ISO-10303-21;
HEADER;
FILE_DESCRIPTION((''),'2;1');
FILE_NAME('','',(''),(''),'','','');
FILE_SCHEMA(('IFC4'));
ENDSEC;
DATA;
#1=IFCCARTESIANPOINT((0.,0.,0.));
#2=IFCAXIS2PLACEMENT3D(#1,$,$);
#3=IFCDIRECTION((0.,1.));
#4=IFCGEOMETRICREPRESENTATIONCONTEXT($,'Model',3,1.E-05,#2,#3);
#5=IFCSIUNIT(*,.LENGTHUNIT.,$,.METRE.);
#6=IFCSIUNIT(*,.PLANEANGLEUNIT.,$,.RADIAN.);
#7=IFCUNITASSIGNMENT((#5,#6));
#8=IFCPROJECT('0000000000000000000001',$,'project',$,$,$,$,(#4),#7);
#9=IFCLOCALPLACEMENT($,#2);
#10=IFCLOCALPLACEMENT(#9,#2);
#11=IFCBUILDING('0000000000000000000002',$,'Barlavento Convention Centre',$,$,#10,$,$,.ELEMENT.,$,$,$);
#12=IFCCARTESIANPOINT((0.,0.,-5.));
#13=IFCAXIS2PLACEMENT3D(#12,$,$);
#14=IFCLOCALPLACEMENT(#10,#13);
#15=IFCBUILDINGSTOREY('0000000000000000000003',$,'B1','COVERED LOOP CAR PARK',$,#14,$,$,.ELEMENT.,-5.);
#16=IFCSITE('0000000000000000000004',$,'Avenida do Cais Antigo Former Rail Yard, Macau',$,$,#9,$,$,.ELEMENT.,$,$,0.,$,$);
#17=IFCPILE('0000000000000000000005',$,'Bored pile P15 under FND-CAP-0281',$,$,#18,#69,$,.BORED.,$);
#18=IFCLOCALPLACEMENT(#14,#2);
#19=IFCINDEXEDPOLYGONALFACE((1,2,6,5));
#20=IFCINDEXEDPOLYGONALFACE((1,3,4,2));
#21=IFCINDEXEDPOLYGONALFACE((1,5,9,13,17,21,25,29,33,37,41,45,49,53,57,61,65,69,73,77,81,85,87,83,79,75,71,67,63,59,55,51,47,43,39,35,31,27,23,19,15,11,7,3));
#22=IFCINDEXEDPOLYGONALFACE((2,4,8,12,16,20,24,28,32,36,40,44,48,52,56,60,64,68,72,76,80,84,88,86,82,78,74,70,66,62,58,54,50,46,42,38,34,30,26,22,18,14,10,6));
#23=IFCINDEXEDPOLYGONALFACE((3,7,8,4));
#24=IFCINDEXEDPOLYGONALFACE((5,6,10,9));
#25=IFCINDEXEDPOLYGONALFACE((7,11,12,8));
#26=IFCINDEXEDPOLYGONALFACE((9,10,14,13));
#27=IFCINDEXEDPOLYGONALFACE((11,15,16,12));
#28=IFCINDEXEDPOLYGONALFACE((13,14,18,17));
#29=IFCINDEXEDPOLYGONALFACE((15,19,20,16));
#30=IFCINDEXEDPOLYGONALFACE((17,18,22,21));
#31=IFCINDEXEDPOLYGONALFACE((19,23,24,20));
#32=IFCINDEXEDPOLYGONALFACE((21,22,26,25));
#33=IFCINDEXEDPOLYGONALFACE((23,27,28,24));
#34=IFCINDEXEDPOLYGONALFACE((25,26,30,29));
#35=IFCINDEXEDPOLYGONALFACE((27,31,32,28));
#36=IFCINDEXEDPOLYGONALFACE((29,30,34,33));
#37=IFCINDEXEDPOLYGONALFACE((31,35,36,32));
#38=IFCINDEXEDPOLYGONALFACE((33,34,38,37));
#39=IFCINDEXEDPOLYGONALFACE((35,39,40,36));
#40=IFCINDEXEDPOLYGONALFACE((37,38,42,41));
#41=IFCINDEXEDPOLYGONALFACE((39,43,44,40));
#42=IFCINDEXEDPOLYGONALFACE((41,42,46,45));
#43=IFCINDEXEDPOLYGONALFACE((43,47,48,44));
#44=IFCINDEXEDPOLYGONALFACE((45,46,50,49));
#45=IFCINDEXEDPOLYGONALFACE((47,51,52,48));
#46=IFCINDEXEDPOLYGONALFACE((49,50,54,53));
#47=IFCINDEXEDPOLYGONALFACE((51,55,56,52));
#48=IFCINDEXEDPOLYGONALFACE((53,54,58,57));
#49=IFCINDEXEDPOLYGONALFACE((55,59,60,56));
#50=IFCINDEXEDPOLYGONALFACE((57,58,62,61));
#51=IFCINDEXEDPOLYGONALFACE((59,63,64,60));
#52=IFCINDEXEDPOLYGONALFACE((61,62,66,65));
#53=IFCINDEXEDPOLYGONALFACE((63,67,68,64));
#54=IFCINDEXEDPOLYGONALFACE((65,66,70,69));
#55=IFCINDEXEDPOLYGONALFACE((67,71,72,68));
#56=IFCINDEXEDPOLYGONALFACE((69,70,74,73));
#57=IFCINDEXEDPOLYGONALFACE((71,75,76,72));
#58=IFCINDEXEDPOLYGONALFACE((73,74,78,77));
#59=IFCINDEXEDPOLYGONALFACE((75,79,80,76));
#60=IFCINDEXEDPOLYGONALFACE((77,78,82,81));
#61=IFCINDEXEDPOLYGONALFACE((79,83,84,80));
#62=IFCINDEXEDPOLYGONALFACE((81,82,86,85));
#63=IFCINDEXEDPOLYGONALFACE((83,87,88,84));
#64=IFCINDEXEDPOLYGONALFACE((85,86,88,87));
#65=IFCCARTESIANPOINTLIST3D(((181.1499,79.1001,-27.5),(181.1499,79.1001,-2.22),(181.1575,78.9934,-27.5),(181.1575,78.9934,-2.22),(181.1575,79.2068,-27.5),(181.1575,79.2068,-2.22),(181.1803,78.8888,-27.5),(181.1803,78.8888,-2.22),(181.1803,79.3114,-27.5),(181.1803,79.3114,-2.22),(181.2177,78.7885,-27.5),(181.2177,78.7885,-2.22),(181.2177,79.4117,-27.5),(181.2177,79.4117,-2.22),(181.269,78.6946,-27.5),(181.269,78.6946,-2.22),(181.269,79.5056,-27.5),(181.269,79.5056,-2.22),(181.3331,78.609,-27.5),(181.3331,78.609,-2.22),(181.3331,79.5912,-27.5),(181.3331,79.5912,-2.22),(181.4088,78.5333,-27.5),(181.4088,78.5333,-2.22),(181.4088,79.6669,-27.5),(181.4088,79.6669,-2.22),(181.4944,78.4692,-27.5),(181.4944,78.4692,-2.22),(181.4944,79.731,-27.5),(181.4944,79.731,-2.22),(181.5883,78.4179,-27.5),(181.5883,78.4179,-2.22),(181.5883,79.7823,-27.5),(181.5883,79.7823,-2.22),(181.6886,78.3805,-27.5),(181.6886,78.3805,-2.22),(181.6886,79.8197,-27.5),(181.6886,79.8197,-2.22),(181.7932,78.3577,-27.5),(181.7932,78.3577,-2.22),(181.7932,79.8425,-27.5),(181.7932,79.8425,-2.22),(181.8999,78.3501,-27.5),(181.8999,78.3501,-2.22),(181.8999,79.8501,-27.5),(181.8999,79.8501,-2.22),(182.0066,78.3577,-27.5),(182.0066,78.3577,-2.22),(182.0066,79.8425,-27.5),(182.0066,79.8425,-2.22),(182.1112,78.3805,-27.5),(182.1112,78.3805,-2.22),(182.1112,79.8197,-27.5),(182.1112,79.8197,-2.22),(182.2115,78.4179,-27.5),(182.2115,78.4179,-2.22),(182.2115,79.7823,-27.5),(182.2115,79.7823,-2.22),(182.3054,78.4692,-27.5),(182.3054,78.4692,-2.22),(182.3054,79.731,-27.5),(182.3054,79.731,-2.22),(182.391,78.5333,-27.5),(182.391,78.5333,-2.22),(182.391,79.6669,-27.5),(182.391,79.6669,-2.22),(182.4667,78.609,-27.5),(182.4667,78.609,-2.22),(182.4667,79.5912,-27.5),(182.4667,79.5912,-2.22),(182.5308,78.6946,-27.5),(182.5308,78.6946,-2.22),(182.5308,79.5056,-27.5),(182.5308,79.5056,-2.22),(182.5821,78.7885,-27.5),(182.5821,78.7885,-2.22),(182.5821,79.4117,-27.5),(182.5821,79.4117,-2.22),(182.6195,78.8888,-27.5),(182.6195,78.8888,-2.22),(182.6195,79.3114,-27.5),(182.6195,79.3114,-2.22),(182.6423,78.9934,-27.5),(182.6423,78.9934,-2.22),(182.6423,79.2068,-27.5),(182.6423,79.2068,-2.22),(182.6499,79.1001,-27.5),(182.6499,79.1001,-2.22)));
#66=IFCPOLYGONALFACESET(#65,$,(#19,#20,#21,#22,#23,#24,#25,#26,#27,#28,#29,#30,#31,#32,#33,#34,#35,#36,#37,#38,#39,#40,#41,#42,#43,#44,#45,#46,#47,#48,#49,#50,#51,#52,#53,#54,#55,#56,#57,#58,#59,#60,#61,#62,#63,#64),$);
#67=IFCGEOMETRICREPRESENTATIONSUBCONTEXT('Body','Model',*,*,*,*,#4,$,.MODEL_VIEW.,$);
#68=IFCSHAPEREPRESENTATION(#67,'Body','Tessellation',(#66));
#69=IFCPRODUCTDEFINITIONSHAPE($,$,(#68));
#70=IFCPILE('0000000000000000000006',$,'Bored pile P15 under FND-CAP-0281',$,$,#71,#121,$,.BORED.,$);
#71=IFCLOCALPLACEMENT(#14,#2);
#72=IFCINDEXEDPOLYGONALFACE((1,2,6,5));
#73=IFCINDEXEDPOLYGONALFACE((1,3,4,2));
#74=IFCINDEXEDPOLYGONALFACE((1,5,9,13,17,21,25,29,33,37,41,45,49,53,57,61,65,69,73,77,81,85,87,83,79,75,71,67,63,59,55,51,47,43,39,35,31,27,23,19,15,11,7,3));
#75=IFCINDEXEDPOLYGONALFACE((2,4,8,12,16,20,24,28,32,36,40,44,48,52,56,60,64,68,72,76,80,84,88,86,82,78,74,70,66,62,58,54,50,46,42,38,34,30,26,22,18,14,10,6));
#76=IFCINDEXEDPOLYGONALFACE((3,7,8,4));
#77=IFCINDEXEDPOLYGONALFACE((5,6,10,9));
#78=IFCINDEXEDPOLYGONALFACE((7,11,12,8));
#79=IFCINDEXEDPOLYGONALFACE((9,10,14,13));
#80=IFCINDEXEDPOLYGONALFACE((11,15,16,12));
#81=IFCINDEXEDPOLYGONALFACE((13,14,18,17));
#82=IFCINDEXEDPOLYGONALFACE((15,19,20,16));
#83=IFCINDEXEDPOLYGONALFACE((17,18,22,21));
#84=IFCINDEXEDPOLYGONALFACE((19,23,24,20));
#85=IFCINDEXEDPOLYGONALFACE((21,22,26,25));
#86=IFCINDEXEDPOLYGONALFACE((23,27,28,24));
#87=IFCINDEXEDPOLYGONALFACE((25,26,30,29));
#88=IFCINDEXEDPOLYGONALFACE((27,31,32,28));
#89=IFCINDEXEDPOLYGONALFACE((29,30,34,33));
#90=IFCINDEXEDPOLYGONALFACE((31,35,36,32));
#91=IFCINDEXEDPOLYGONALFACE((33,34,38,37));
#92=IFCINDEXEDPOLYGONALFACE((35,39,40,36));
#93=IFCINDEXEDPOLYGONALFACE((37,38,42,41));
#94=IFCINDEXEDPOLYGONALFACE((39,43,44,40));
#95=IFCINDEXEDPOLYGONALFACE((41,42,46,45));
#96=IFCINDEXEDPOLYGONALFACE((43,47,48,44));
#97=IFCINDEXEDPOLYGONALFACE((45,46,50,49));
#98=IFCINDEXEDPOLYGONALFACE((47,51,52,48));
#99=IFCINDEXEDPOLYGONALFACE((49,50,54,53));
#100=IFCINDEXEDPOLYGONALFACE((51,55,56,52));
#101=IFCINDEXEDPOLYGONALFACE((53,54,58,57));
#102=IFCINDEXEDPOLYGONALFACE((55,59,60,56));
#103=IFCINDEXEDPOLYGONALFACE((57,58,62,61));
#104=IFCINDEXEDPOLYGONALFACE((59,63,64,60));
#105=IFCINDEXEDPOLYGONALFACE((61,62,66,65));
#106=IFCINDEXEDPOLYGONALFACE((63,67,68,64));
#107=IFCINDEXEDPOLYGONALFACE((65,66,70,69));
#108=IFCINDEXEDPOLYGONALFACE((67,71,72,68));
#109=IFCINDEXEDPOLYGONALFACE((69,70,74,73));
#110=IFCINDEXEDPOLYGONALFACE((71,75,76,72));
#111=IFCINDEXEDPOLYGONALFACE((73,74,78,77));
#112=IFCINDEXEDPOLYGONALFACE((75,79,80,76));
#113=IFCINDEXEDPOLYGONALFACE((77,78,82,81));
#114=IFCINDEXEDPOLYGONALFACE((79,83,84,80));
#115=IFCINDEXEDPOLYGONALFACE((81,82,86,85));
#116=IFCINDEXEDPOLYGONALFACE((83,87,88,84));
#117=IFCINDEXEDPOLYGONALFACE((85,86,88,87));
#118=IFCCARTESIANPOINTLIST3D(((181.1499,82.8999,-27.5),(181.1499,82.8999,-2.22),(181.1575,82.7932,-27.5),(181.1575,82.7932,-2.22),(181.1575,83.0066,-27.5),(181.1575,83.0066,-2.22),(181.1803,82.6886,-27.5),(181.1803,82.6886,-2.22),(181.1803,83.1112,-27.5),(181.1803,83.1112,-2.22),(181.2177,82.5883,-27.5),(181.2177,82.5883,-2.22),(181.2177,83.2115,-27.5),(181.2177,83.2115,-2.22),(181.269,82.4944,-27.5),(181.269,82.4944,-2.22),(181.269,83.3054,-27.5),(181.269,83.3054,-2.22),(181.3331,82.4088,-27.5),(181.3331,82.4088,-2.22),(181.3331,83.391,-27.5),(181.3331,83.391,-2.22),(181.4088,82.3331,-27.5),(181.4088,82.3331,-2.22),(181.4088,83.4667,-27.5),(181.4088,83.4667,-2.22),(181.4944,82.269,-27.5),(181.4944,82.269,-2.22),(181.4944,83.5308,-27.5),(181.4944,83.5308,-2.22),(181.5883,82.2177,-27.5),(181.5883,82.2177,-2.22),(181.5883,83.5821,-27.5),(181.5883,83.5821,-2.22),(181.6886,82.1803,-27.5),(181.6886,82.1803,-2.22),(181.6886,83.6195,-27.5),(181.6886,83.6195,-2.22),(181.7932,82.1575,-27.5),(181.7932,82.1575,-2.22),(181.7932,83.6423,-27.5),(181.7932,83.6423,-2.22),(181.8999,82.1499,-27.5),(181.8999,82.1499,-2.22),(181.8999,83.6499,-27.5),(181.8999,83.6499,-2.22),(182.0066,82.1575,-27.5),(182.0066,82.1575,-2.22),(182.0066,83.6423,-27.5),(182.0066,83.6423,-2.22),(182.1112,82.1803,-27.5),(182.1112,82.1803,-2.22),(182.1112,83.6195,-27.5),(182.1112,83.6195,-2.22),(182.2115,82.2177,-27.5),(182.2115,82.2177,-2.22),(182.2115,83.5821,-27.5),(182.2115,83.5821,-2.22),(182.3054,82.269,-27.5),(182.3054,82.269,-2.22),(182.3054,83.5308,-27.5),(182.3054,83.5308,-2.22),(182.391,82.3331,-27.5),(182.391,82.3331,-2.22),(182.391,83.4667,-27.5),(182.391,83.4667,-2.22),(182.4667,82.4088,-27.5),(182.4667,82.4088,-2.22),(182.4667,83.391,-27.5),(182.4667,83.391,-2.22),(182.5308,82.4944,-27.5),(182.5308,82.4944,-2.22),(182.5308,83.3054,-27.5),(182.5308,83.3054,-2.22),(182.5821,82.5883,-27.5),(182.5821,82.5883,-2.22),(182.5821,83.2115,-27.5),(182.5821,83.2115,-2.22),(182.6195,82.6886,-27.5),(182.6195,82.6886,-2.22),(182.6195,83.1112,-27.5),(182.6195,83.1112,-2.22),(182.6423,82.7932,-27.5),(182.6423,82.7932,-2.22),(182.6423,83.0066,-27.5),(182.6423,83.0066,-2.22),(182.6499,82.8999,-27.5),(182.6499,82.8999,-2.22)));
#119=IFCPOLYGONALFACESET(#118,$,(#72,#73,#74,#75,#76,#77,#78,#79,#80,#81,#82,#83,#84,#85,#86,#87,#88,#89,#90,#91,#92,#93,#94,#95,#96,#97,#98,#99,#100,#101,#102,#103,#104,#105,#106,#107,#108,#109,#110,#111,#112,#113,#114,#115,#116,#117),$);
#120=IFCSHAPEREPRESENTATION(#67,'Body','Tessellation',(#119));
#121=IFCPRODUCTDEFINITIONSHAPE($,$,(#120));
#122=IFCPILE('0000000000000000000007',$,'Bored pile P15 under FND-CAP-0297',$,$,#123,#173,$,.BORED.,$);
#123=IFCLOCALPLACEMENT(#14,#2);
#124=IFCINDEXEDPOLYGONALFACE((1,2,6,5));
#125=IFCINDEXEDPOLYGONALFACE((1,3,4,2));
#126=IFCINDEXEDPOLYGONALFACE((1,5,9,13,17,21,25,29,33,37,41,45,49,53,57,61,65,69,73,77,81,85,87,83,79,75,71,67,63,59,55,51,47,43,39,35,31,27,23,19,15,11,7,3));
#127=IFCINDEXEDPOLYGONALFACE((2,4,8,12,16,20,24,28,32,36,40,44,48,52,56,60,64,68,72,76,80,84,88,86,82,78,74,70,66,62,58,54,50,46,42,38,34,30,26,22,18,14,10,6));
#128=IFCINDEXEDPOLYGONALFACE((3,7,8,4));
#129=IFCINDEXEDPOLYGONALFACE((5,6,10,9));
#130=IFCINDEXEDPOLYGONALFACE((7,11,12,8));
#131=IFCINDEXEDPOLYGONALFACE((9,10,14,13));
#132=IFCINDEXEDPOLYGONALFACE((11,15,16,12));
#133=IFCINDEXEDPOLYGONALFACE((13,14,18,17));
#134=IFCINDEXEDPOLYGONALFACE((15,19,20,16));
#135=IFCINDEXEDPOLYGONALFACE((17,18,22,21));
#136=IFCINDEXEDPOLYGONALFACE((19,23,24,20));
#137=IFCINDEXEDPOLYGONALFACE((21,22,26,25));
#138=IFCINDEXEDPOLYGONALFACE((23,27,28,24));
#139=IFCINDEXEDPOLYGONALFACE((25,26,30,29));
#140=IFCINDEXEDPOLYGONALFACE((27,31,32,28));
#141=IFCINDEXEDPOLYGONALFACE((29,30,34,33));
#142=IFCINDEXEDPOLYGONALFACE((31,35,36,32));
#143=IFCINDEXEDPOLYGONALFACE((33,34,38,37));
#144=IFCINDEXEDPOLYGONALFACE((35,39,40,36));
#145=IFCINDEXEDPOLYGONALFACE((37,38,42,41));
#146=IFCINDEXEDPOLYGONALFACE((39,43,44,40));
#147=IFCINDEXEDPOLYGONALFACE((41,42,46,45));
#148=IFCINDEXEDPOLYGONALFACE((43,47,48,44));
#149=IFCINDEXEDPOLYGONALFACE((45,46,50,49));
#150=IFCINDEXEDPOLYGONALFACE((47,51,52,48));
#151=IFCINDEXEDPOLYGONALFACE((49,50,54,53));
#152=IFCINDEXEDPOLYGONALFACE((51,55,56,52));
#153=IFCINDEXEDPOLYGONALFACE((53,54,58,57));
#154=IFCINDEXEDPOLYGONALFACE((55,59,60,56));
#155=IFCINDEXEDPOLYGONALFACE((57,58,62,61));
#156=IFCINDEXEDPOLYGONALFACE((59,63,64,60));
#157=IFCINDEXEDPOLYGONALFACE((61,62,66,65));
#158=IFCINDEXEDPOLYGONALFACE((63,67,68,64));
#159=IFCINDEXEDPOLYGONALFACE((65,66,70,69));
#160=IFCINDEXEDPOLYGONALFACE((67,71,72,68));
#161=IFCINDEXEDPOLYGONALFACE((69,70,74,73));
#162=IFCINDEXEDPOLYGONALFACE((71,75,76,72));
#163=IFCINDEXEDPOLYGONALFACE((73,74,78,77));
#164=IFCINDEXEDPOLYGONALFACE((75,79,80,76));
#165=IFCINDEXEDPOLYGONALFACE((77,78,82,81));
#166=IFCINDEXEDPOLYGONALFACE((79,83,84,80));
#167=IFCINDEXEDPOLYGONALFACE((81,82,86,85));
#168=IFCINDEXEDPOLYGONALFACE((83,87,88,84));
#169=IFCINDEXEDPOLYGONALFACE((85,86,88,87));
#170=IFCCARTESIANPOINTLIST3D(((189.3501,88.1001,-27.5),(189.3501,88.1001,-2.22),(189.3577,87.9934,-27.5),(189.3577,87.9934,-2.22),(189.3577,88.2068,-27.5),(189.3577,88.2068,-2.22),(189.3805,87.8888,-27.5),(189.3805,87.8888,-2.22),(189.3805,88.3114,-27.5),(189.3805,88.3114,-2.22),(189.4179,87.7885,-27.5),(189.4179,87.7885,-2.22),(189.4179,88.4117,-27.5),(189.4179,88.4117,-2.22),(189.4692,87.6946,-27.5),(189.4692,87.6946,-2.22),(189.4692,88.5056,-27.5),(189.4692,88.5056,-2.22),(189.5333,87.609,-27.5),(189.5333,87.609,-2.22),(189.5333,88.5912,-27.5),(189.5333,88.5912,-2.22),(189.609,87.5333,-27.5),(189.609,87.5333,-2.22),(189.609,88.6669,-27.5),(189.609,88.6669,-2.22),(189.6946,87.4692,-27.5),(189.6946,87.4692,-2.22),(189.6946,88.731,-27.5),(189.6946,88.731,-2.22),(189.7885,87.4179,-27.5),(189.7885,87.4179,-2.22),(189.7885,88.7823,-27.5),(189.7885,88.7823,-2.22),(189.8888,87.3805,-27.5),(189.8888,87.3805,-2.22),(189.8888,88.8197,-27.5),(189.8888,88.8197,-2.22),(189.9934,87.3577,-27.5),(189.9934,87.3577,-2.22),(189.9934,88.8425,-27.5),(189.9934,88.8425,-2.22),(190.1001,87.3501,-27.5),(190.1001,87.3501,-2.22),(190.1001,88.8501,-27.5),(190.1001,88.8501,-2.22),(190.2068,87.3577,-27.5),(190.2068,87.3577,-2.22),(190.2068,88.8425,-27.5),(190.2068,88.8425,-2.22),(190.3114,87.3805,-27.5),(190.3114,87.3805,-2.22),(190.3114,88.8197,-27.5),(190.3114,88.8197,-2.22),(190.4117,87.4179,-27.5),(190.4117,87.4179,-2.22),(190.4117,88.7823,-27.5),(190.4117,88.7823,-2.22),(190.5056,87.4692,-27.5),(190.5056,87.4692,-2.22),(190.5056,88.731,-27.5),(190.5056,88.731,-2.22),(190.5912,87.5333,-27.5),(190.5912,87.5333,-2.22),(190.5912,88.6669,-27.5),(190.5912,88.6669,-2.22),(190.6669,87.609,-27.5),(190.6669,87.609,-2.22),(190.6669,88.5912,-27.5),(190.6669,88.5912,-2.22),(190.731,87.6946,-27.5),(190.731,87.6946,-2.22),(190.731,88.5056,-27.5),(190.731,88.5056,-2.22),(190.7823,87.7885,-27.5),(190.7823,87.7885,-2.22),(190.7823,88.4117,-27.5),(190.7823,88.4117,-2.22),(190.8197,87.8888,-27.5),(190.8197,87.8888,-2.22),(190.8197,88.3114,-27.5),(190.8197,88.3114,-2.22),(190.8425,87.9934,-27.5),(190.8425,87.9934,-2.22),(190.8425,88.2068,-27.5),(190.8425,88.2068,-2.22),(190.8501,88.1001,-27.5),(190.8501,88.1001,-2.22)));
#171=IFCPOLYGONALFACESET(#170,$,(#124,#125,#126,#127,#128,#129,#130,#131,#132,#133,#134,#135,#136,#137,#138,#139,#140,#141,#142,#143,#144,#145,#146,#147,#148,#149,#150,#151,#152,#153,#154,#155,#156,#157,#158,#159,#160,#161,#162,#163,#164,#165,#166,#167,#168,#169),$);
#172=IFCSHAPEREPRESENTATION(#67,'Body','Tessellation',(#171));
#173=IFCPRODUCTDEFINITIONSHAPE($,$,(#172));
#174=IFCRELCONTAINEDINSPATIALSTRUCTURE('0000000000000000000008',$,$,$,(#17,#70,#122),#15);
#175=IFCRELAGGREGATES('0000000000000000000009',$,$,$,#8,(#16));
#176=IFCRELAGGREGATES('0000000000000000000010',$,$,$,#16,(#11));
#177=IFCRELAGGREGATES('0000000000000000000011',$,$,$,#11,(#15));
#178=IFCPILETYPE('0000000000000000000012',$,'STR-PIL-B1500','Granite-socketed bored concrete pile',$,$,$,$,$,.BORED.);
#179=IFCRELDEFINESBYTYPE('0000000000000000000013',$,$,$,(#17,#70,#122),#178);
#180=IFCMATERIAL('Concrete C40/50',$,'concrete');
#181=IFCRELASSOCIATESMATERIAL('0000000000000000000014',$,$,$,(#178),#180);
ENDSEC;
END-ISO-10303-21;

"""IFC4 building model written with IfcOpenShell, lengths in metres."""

from ifc_helpers import new_model, si_unit, direction, frame, origin, origin_2d, place, context, subcontext, project, spatial, circle, extrude, material, material_profile, profile_set, type_object, element, save


model = new_model("IFC4")

# Units and contexts
model_context = context("Model", 3, precision=1e-05, world=origin(), true_north=direction((0.0, 1.0)))
body_context = subcontext(model_context, "Body", "Model", "MODEL_VIEW")
ifc_project = project(units=[si_unit("LENGTHUNIT", "METRE"), si_unit("PLANEANGLEUNIT", "RADIAN")], contexts=[model_context])

# Site, building, storey
site_placement = place(None, origin())
site = spatial("IfcSite", under=ifc_project, at=site_placement, Name="Avenida do Cais Antigo Former Rail Yard, Macau", CompositionType="ELEMENT", RefElevation=0.0)
building_placement = place(site_placement, origin())
building = spatial("IfcBuilding", under=site, at=building_placement, Name="Barlavento Convention Centre", CompositionType="ELEMENT")
storey_placement = place(building_placement, frame((0.0, 0.0, -5.0)))
storey = spatial("IfcBuildingStorey", under=building, at=storey_placement, Name="B1", Description="COVERED LOOP CAR PARK", CompositionType="ELEMENT", Elevation=-5.0)

# Shared definitions
ifc_material_1 = material(Name="Concrete C40/50", Category="concrete")

# Piles
ifc_material_profile_1 = material_profile(ifc_material_1, circle(Radius=0.75, at=origin_2d()), Name="BORED PILE 1500")
ifc_profile_set_1 = profile_set([ifc_material_profile_1], Name="Concrete C40/50")
pile_type_1 = type_object("IfcPileType", Name="STR-PIL-B1500", Description="Granite-socketed bored concrete pile", PredefinedType="BORED", material=ifc_profile_set_1)
for number, where, z_axis, x_axis, name in (
    (1, (181.8999, 79.1001, -2.22), (0.0, 0.0, -1.0), (1.0, 0.0, 0.0), "Bored pile P15 under FND-CAP-0281"),
    (2, (181.8999, 82.8999, -2.22), (0.0, 0.0, -1.0), (1.0, 0.0, 0.0), "Bored pile P15 under FND-CAP-0281"),
    (3, (190.1001, 88.1001, -2.22), (0.0, 0.0, -1.0), (1.0, 0.0, 0.0), "Bored pile P15 under FND-CAP-0297"),
):
    element("IfcPile", number, at=place(storey_placement, frame(where, z_axis=z_axis, x_axis=x_axis)), inside=storey, type_object=pile_type_1, Name=name, PredefinedType="BORED", context=body_context, shape_type="SweptSolid", body=[
        extrude(circle(Radius=0.75, at=origin_2d()), origin(), (0.0, 0.0, 1.0), 25.28),
    ])

save(model, "model.ifc")
